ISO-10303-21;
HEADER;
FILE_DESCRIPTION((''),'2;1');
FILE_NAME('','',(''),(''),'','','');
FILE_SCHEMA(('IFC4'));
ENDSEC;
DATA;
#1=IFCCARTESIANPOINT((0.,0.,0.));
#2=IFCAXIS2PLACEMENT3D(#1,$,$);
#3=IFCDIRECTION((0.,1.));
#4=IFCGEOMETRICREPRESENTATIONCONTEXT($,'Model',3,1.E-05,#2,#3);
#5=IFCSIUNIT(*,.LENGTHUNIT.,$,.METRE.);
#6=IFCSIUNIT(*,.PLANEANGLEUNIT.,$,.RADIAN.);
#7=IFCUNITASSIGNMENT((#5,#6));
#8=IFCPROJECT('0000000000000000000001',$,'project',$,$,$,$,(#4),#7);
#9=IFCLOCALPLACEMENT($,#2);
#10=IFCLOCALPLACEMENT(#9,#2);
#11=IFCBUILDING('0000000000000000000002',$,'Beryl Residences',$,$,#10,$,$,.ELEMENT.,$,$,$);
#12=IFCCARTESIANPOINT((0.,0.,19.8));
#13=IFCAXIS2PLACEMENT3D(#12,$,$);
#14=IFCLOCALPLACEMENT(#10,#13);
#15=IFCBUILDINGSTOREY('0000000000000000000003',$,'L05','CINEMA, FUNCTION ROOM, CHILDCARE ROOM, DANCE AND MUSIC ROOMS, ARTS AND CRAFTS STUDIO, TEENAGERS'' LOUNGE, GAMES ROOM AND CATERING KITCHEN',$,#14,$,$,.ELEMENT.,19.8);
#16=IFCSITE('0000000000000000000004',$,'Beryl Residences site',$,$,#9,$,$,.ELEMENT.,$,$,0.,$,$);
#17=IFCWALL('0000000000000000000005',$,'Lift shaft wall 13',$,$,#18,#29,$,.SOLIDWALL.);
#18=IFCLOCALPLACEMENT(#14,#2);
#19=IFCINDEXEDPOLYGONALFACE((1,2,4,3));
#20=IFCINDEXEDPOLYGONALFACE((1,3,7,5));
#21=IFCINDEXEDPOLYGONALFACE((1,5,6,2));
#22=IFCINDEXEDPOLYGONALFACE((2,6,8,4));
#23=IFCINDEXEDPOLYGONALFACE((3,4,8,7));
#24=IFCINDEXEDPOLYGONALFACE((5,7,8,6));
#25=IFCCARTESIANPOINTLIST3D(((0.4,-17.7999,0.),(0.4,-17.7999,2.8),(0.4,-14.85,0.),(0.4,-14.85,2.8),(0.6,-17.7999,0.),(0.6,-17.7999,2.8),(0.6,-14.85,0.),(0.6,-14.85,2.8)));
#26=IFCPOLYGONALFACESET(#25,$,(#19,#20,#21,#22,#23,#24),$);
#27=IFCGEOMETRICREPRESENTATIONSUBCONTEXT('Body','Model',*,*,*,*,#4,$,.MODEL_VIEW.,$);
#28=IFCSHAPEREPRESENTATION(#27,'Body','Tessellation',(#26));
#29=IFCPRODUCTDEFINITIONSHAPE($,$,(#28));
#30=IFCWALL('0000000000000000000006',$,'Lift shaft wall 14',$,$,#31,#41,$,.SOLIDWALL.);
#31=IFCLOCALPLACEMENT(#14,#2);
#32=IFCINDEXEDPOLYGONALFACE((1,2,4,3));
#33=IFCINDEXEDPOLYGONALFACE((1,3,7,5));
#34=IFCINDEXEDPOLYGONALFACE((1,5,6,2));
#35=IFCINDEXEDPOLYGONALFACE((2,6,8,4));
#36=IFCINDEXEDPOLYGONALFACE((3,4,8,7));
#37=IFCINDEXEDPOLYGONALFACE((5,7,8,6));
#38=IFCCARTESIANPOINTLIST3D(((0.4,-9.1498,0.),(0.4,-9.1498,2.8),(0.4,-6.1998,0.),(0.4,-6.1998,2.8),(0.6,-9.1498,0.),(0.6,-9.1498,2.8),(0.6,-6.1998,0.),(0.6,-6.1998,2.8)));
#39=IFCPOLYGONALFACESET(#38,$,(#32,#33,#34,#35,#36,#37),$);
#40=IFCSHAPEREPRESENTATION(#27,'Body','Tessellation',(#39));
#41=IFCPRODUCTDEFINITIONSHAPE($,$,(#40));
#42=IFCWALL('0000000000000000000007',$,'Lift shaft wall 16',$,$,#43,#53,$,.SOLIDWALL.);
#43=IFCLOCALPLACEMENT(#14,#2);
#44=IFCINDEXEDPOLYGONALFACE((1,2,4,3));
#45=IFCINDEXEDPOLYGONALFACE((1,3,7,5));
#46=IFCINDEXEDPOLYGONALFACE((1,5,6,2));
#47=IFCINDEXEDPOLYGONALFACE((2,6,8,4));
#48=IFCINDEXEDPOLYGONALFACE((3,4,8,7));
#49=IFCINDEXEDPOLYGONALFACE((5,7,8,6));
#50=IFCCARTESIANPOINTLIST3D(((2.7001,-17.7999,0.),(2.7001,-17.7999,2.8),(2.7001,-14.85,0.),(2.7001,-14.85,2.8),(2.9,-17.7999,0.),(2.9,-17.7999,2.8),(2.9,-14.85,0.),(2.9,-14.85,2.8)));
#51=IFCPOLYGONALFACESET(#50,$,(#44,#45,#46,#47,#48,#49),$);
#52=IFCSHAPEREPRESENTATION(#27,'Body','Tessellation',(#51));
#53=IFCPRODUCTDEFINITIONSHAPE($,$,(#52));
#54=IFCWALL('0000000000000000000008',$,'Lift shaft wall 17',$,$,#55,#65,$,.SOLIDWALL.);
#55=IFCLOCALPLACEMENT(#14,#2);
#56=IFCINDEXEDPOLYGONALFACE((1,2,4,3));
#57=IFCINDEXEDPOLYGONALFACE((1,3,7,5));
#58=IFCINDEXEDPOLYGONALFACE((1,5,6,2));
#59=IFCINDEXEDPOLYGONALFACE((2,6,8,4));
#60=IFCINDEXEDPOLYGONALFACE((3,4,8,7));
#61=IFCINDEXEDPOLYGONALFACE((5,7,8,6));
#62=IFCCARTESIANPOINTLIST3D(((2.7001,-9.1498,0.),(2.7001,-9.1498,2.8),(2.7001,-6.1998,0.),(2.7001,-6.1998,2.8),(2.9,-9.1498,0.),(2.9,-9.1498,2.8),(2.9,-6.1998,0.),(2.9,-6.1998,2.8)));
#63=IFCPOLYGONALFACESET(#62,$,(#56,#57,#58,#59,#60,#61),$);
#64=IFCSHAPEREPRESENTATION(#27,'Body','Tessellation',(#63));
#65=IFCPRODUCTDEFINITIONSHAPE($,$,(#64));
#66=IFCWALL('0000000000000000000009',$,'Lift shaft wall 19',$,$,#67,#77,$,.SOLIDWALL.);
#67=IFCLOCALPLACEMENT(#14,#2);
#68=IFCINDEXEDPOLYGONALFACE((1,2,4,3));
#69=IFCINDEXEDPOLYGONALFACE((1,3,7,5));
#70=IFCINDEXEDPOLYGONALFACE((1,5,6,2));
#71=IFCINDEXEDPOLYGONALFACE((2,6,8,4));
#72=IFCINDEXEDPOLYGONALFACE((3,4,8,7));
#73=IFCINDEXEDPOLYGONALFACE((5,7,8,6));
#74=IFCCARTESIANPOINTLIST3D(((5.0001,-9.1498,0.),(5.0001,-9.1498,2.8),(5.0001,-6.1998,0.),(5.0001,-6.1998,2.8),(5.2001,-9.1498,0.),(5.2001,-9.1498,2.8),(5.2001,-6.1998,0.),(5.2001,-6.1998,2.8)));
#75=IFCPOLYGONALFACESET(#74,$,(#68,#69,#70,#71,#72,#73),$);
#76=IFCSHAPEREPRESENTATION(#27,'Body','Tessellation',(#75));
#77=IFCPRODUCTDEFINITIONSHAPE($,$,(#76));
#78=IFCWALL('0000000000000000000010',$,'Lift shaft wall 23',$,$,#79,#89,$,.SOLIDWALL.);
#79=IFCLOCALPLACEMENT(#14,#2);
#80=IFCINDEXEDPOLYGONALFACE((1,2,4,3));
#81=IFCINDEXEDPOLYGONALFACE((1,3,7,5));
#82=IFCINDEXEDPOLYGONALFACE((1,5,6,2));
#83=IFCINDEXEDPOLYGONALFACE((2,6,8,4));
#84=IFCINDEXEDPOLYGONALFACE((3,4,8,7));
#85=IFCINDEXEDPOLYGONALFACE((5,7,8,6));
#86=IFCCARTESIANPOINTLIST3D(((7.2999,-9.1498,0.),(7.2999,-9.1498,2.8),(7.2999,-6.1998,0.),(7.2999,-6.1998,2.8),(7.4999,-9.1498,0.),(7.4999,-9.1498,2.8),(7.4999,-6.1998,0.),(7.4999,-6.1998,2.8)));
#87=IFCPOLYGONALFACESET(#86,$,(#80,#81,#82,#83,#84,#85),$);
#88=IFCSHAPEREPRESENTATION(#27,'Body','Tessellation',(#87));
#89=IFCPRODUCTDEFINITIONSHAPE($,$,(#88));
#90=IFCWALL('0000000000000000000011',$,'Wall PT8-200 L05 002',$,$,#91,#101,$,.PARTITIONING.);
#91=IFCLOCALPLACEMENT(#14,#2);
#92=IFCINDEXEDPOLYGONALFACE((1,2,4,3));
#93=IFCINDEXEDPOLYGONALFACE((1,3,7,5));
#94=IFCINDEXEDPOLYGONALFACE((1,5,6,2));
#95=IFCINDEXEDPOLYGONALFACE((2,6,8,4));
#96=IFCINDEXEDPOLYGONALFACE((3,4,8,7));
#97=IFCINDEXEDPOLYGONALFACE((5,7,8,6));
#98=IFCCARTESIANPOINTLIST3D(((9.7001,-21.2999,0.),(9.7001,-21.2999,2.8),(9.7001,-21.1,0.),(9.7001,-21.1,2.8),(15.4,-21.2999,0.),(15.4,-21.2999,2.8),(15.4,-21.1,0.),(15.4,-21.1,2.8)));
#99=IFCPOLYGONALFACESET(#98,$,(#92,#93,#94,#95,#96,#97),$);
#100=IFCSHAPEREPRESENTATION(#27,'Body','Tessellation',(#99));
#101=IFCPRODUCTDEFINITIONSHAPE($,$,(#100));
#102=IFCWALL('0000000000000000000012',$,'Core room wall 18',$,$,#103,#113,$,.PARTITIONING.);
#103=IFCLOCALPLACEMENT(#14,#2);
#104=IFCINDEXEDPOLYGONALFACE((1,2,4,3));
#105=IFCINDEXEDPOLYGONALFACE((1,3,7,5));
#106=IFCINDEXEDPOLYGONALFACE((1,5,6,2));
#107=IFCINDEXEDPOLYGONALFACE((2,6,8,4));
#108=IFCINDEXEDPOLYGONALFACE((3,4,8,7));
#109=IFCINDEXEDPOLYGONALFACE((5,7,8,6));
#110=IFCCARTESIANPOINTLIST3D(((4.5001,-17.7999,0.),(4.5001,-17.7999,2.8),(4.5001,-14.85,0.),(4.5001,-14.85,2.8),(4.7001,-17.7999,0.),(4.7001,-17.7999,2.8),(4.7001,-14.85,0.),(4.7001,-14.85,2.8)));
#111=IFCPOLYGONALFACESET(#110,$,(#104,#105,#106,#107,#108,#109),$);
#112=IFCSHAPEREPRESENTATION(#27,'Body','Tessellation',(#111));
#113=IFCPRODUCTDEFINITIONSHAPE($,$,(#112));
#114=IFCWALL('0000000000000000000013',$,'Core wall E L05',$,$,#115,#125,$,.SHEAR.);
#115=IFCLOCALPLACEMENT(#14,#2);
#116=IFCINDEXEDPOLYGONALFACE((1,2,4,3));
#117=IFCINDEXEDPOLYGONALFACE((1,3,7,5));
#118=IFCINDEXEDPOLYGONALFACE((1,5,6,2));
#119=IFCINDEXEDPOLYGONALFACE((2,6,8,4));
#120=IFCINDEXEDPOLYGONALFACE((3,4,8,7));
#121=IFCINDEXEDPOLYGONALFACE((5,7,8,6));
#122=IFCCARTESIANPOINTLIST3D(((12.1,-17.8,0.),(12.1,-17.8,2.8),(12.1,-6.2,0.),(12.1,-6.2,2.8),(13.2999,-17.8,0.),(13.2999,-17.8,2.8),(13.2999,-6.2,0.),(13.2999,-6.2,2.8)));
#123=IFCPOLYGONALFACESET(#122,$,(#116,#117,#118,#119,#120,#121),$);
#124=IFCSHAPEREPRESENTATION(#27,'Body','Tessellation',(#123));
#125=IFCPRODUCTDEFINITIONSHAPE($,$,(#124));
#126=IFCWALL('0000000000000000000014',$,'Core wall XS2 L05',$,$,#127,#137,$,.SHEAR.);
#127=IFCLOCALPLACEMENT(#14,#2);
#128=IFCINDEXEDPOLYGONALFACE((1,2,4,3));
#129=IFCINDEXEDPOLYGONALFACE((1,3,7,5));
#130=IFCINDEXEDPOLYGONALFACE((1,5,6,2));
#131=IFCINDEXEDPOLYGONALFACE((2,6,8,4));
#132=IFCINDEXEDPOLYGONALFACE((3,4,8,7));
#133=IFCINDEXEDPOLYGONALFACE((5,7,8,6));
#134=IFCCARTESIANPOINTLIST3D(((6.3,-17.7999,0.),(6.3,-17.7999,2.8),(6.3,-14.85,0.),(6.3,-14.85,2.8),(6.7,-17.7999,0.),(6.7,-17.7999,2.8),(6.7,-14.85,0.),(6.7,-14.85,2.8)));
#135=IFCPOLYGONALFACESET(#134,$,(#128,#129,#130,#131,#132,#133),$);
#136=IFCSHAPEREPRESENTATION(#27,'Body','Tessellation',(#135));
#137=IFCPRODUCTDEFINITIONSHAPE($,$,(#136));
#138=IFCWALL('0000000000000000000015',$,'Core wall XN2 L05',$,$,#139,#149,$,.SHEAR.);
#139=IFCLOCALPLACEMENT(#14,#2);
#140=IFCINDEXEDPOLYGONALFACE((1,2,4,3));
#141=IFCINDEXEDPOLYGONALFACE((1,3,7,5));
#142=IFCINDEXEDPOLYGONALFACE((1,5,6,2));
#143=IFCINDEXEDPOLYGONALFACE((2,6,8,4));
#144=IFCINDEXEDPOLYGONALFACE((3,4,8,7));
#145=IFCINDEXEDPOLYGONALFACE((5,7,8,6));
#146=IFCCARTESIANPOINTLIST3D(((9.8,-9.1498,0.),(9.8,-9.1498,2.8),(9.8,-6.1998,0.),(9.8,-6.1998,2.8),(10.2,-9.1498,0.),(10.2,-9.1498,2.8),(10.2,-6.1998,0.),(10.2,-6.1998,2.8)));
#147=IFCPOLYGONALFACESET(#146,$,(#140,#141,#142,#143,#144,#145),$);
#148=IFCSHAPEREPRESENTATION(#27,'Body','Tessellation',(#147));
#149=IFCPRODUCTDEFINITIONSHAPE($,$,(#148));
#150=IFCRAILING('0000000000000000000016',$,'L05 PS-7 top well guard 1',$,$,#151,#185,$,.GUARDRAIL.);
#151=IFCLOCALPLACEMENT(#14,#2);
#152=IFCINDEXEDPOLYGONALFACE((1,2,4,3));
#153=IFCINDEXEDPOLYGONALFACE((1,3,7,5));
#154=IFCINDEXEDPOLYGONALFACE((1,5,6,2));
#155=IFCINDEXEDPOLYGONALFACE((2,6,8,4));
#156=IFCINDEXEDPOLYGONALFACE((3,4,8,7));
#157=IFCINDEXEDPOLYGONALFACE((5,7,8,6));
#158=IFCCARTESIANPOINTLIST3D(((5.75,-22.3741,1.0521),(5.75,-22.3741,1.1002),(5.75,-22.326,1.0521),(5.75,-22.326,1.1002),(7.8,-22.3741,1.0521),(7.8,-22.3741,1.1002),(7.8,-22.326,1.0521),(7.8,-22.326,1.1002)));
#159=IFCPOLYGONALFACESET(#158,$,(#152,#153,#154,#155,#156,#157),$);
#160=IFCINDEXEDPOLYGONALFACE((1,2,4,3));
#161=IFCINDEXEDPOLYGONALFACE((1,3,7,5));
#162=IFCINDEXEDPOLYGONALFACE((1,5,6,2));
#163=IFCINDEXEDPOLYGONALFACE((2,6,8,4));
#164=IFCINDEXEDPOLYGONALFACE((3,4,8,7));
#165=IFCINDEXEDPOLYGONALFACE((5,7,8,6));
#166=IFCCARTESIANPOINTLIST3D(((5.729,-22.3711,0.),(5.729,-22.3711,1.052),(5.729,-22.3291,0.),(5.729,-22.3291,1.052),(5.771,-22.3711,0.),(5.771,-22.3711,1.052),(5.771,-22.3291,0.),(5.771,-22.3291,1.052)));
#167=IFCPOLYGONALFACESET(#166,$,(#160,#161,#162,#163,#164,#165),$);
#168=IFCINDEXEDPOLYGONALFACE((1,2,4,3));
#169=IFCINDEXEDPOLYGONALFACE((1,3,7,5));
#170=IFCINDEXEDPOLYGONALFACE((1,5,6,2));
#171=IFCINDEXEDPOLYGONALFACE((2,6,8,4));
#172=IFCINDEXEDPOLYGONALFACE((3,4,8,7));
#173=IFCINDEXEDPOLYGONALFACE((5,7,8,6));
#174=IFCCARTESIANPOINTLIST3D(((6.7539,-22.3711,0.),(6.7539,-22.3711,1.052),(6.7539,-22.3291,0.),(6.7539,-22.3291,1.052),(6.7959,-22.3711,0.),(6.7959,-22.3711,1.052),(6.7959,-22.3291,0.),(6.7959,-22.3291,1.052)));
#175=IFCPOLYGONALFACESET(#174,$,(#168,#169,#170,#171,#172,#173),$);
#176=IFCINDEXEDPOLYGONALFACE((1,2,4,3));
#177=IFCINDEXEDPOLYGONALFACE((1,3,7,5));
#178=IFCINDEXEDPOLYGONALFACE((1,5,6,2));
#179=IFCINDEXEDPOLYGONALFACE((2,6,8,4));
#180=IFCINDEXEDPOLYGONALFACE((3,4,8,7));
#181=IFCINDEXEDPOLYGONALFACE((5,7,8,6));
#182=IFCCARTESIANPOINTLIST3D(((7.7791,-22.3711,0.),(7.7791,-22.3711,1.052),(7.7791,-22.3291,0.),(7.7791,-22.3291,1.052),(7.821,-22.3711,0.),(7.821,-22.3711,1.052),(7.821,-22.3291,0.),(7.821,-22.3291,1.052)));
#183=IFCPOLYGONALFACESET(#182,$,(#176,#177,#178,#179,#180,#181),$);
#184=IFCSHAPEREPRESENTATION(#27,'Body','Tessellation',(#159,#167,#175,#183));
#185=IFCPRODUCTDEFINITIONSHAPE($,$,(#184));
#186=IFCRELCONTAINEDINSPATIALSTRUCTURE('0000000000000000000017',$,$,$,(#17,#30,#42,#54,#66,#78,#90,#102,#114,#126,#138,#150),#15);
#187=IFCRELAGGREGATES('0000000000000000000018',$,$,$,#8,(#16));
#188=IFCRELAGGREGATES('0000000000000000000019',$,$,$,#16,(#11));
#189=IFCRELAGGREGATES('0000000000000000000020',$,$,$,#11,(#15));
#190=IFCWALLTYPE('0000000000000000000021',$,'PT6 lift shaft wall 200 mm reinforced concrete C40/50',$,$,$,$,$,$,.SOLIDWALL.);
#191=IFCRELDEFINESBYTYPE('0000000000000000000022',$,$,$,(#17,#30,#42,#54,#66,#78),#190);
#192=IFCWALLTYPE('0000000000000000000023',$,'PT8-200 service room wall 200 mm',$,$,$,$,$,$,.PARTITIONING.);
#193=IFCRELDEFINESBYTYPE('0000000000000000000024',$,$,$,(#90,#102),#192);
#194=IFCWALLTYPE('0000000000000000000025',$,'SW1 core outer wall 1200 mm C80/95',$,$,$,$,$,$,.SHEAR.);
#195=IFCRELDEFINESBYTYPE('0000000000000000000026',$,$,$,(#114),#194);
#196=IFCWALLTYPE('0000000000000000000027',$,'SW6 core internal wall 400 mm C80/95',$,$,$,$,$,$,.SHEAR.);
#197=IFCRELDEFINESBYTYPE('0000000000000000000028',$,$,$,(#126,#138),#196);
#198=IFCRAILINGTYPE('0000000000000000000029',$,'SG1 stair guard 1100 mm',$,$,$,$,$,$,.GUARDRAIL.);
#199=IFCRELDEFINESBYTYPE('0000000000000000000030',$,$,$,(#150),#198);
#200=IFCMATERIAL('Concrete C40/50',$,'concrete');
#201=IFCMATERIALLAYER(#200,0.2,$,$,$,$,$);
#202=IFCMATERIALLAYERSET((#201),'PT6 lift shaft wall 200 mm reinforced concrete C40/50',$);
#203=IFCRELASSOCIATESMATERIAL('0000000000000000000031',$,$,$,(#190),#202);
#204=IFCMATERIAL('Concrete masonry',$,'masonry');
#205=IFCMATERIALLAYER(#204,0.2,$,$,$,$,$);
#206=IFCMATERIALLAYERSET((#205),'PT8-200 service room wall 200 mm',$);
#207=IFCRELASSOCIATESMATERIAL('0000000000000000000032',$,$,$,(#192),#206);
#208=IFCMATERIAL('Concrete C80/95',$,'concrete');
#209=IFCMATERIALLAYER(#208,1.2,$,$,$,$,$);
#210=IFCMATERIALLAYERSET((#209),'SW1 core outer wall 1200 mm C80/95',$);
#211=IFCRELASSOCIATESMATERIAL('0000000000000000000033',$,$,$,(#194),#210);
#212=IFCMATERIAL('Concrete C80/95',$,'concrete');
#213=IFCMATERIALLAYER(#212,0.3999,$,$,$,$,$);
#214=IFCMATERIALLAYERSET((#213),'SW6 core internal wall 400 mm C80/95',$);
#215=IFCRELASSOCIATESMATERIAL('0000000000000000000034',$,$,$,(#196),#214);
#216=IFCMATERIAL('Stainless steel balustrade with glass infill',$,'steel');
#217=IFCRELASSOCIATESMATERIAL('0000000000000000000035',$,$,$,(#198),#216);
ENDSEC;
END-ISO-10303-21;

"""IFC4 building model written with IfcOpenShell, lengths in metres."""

from ifc_helpers import new_model, si_unit, direction, frame, frame_2d, origin, origin_2d, place, context, subcontext, project, spatial, rectangle, extrude, material, layer, layer_set, type_object, element, save


model = new_model("IFC4")

# Units and contexts
model_context = context("Model", 3, precision=1e-05, world=origin(), true_north=direction((0.0, 1.0)))
body_context = subcontext(model_context, "Body", "Model", "MODEL_VIEW")
ifc_project = project(units=[si_unit("LENGTHUNIT", "METRE"), si_unit("PLANEANGLEUNIT", "RADIAN")], contexts=[model_context])

# Site, building, storey
site_placement = place(None, origin())
site = spatial("IfcSite", under=ifc_project, at=site_placement, Name="Beryl Residences site", CompositionType="ELEMENT", RefElevation=0.0)
building_placement = place(site_placement, origin())
building = spatial("IfcBuilding", under=site, at=building_placement, Name="Beryl Residences", CompositionType="ELEMENT")
storey_placement = place(building_placement, frame((0.0, 0.0, 19.8)))
storey = spatial("IfcBuildingStorey", under=building, at=storey_placement, Name="L05", Description="CINEMA, FUNCTION ROOM, CHILDCARE ROOM, DANCE AND MUSIC ROOMS, ARTS AND CRAFTS STUDIO, TEENAGERS' LOUNGE, GAMES ROOM AND CATERING KITCHEN", CompositionType="ELEMENT", Elevation=19.8)

# Walls
ifc_material_1 = material(Name="Concrete C40/50", Category="concrete")
ifc_layer_1 = layer(ifc_material_1, 0.2)
ifc_layer_set_1 = layer_set([ifc_layer_1], Name="PT6 lift shaft wall 200 mm reinforced concrete C40/50")
wall_type_1 = type_object("IfcWallType", Name="PT6 lift shaft wall 200 mm reinforced concrete C40/50", PredefinedType="SOLIDWALL", material=ifc_layer_set_1)
for number, where, z_axis, x_axis, name in (
    (1, (0.5, -17.8, 0.0), (0.0, 0.0, 1.0), (0.0, 1.0, 0.0), "Lift shaft wall 13"),
    (2, (0.5, -9.1499, 0.0), (0.0, 0.0, 1.0), (0.0, 1.0, 0.0), "Lift shaft wall 14"),
    (3, (2.8, -17.8, 0.0), (0.0, 0.0, 1.0), (0.0, 1.0, 0.0), "Lift shaft wall 16"),
    (4, (2.8, -9.1499, 0.0), (0.0, 0.0, 1.0), (0.0, 1.0, 0.0), "Lift shaft wall 17"),
    (5, (5.1001, -9.1499, 0.0), (0.0, 0.0, 1.0), (0.0, 1.0, 0.0), "Lift shaft wall 19"),
    (6, (7.3999, -9.1499, 0.0), (0.0, 0.0, 1.0), (0.0, 1.0, 0.0), "Lift shaft wall 23"),
):
    element("IfcWall", number, at=place(storey_placement, frame(where, z_axis=z_axis, x_axis=x_axis)), inside=storey, type_object=wall_type_1, Name=name, PredefinedType="SOLIDWALL", context=body_context, shape_type="SweptSolid", body=[
        extrude(rectangle(XDim=2.95, YDim=0.2, at=frame_2d((1.4751, 0.0))), origin(), (0.0, 0.0, 1.0), 2.8),
    ])
ifc_material_2 = material(Name="Concrete masonry", Category="masonry")
ifc_layer_2 = layer(ifc_material_2, 0.2)
ifc_layer_set_2 = layer_set([ifc_layer_2], Name="PT8-200 service room wall 200 mm")
wall_type_2 = type_object("IfcWallType", Name="PT8-200 service room wall 200 mm", PredefinedType="PARTITIONING", material=ifc_layer_set_2)
wall_1_placement = place(storey_placement, frame((9.7, -21.2, 0.0), z_axis=(0.0, 0.0, 1.0), x_axis=(1.0, 0.0, 0.0)))
element("IfcWall", 7, at=wall_1_placement, inside=storey, type_object=wall_type_2, Name="Wall PT8-200 L05 002", PredefinedType="PARTITIONING", context=body_context, shape_type="SweptSolid", body=[
    extrude(rectangle(XDim=5.7, YDim=0.2, at=frame_2d((2.8501, 0.0))), origin(), (0.0, 0.0, 1.0), 2.8),
])
wall_2_placement = place(storey_placement, frame((4.6001, -17.8, 0.0), z_axis=(0.0, 0.0, 1.0), x_axis=(0.0, 1.0, 0.0)))
element("IfcWall", 8, at=wall_2_placement, inside=storey, type_object=wall_type_2, Name="Core room wall 18", PredefinedType="PARTITIONING", context=body_context, shape_type="SweptSolid", body=[
    extrude(rectangle(XDim=2.95, YDim=0.2, at=frame_2d((1.4751, 0.0))), origin(), (0.0, 0.0, 1.0), 2.8),
])
ifc_material_3 = material(Name="Concrete C80/95", Category="concrete")
ifc_layer_3 = layer(ifc_material_3, 1.2)
ifc_layer_set_3 = layer_set([ifc_layer_3], Name="SW1 core outer wall 1200 mm C80/95")
wall_type_3 = type_object("IfcWallType", Name="SW1 core outer wall 1200 mm C80/95", PredefinedType="SHEAR", material=ifc_layer_set_3)
wall_3_placement = place(storey_placement, frame((12.7, -17.8, 0.0), z_axis=(0.0, 0.0, 1.0), x_axis=(0.0, 1.0, 0.0)))
element("IfcWall", 9, at=wall_3_placement, inside=storey, type_object=wall_type_3, Name="Core wall E L05", PredefinedType="SHEAR", context=body_context, shape_type="SweptSolid", body=[
    extrude(rectangle(XDim=11.6001, YDim=1.2, at=frame_2d((5.8, 0.0))), origin(), (0.0, 0.0, 1.0), 2.8),
])
ifc_material_4 = material(Name="Concrete C80/95", Category="concrete")
ifc_layer_4 = layer(ifc_material_4, 0.3999)
ifc_layer_set_4 = layer_set([ifc_layer_4], Name="SW6 core internal wall 400 mm C80/95")
wall_type_4 = type_object("IfcWallType", Name="SW6 core internal wall 400 mm C80/95", PredefinedType="SHEAR", material=ifc_layer_set_4)
for number, where, z_axis, x_axis, name in (
    (10, (6.5, -17.8, 0.0), (0.0, 0.0, 1.0), (0.0, 1.0, 0.0), "Core wall XS2 L05"),
    (11, (10.0, -9.1499, 0.0), (0.0, 0.0, 1.0), (0.0, 1.0, 0.0), "Core wall XN2 L05"),
):
    element("IfcWall", number, at=place(storey_placement, frame(where, z_axis=z_axis, x_axis=x_axis)), inside=storey, type_object=wall_type_4, Name=name, PredefinedType="SHEAR", context=body_context, shape_type="SweptSolid", body=[
        extrude(rectangle(XDim=2.95, YDim=0.3999, at=frame_2d((1.4751, 0.0))), origin(), (0.0, 0.0, 1.0), 2.8),
    ])

# Railing
ifc_material_5 = material(Name="Stainless steel balustrade with glass infill", Category="steel")
railing_type_1 = type_object("IfcRailingType", Name="SG1 stair guard 1100 mm", PredefinedType="GUARDRAIL", material=ifc_material_5)
railing_1_placement = place(storey_placement, frame((5.75, -22.3501, 0.0)))
element("IfcRailing", 12, at=railing_1_placement, inside=storey, type_object=railing_type_1, Name="L05 PS-7 top well guard 1", PredefinedType="GUARDRAIL", context=body_context, shape_type="SweptSolid", body=[
    extrude(rectangle(XDim=0.0481, YDim=0.0481, at=origin_2d()), frame((0.0, 0.0, 1.0762), z_axis=(1.0, 0.0, 0.0), x_axis=(0.0, 1.0, 0.0)), (0.0, 0.0, 1.0), 2.05),
    extrude(rectangle(XDim=0.042, YDim=0.042, at=origin_2d()), origin(), (0.0, 0.0, 1.0), 1.052),
    extrude(rectangle(XDim=0.042, YDim=0.042, at=origin_2d()), frame((1.0249, 0.0, 0.0)), (0.0, 0.0, 1.0), 1.052),
    extrude(rectangle(XDim=0.042, YDim=0.042, at=origin_2d()), frame((2.05, 0.0, 0.0)), (0.0, 0.0, 1.0), 1.052),
])

save(model, "model.ifc")
